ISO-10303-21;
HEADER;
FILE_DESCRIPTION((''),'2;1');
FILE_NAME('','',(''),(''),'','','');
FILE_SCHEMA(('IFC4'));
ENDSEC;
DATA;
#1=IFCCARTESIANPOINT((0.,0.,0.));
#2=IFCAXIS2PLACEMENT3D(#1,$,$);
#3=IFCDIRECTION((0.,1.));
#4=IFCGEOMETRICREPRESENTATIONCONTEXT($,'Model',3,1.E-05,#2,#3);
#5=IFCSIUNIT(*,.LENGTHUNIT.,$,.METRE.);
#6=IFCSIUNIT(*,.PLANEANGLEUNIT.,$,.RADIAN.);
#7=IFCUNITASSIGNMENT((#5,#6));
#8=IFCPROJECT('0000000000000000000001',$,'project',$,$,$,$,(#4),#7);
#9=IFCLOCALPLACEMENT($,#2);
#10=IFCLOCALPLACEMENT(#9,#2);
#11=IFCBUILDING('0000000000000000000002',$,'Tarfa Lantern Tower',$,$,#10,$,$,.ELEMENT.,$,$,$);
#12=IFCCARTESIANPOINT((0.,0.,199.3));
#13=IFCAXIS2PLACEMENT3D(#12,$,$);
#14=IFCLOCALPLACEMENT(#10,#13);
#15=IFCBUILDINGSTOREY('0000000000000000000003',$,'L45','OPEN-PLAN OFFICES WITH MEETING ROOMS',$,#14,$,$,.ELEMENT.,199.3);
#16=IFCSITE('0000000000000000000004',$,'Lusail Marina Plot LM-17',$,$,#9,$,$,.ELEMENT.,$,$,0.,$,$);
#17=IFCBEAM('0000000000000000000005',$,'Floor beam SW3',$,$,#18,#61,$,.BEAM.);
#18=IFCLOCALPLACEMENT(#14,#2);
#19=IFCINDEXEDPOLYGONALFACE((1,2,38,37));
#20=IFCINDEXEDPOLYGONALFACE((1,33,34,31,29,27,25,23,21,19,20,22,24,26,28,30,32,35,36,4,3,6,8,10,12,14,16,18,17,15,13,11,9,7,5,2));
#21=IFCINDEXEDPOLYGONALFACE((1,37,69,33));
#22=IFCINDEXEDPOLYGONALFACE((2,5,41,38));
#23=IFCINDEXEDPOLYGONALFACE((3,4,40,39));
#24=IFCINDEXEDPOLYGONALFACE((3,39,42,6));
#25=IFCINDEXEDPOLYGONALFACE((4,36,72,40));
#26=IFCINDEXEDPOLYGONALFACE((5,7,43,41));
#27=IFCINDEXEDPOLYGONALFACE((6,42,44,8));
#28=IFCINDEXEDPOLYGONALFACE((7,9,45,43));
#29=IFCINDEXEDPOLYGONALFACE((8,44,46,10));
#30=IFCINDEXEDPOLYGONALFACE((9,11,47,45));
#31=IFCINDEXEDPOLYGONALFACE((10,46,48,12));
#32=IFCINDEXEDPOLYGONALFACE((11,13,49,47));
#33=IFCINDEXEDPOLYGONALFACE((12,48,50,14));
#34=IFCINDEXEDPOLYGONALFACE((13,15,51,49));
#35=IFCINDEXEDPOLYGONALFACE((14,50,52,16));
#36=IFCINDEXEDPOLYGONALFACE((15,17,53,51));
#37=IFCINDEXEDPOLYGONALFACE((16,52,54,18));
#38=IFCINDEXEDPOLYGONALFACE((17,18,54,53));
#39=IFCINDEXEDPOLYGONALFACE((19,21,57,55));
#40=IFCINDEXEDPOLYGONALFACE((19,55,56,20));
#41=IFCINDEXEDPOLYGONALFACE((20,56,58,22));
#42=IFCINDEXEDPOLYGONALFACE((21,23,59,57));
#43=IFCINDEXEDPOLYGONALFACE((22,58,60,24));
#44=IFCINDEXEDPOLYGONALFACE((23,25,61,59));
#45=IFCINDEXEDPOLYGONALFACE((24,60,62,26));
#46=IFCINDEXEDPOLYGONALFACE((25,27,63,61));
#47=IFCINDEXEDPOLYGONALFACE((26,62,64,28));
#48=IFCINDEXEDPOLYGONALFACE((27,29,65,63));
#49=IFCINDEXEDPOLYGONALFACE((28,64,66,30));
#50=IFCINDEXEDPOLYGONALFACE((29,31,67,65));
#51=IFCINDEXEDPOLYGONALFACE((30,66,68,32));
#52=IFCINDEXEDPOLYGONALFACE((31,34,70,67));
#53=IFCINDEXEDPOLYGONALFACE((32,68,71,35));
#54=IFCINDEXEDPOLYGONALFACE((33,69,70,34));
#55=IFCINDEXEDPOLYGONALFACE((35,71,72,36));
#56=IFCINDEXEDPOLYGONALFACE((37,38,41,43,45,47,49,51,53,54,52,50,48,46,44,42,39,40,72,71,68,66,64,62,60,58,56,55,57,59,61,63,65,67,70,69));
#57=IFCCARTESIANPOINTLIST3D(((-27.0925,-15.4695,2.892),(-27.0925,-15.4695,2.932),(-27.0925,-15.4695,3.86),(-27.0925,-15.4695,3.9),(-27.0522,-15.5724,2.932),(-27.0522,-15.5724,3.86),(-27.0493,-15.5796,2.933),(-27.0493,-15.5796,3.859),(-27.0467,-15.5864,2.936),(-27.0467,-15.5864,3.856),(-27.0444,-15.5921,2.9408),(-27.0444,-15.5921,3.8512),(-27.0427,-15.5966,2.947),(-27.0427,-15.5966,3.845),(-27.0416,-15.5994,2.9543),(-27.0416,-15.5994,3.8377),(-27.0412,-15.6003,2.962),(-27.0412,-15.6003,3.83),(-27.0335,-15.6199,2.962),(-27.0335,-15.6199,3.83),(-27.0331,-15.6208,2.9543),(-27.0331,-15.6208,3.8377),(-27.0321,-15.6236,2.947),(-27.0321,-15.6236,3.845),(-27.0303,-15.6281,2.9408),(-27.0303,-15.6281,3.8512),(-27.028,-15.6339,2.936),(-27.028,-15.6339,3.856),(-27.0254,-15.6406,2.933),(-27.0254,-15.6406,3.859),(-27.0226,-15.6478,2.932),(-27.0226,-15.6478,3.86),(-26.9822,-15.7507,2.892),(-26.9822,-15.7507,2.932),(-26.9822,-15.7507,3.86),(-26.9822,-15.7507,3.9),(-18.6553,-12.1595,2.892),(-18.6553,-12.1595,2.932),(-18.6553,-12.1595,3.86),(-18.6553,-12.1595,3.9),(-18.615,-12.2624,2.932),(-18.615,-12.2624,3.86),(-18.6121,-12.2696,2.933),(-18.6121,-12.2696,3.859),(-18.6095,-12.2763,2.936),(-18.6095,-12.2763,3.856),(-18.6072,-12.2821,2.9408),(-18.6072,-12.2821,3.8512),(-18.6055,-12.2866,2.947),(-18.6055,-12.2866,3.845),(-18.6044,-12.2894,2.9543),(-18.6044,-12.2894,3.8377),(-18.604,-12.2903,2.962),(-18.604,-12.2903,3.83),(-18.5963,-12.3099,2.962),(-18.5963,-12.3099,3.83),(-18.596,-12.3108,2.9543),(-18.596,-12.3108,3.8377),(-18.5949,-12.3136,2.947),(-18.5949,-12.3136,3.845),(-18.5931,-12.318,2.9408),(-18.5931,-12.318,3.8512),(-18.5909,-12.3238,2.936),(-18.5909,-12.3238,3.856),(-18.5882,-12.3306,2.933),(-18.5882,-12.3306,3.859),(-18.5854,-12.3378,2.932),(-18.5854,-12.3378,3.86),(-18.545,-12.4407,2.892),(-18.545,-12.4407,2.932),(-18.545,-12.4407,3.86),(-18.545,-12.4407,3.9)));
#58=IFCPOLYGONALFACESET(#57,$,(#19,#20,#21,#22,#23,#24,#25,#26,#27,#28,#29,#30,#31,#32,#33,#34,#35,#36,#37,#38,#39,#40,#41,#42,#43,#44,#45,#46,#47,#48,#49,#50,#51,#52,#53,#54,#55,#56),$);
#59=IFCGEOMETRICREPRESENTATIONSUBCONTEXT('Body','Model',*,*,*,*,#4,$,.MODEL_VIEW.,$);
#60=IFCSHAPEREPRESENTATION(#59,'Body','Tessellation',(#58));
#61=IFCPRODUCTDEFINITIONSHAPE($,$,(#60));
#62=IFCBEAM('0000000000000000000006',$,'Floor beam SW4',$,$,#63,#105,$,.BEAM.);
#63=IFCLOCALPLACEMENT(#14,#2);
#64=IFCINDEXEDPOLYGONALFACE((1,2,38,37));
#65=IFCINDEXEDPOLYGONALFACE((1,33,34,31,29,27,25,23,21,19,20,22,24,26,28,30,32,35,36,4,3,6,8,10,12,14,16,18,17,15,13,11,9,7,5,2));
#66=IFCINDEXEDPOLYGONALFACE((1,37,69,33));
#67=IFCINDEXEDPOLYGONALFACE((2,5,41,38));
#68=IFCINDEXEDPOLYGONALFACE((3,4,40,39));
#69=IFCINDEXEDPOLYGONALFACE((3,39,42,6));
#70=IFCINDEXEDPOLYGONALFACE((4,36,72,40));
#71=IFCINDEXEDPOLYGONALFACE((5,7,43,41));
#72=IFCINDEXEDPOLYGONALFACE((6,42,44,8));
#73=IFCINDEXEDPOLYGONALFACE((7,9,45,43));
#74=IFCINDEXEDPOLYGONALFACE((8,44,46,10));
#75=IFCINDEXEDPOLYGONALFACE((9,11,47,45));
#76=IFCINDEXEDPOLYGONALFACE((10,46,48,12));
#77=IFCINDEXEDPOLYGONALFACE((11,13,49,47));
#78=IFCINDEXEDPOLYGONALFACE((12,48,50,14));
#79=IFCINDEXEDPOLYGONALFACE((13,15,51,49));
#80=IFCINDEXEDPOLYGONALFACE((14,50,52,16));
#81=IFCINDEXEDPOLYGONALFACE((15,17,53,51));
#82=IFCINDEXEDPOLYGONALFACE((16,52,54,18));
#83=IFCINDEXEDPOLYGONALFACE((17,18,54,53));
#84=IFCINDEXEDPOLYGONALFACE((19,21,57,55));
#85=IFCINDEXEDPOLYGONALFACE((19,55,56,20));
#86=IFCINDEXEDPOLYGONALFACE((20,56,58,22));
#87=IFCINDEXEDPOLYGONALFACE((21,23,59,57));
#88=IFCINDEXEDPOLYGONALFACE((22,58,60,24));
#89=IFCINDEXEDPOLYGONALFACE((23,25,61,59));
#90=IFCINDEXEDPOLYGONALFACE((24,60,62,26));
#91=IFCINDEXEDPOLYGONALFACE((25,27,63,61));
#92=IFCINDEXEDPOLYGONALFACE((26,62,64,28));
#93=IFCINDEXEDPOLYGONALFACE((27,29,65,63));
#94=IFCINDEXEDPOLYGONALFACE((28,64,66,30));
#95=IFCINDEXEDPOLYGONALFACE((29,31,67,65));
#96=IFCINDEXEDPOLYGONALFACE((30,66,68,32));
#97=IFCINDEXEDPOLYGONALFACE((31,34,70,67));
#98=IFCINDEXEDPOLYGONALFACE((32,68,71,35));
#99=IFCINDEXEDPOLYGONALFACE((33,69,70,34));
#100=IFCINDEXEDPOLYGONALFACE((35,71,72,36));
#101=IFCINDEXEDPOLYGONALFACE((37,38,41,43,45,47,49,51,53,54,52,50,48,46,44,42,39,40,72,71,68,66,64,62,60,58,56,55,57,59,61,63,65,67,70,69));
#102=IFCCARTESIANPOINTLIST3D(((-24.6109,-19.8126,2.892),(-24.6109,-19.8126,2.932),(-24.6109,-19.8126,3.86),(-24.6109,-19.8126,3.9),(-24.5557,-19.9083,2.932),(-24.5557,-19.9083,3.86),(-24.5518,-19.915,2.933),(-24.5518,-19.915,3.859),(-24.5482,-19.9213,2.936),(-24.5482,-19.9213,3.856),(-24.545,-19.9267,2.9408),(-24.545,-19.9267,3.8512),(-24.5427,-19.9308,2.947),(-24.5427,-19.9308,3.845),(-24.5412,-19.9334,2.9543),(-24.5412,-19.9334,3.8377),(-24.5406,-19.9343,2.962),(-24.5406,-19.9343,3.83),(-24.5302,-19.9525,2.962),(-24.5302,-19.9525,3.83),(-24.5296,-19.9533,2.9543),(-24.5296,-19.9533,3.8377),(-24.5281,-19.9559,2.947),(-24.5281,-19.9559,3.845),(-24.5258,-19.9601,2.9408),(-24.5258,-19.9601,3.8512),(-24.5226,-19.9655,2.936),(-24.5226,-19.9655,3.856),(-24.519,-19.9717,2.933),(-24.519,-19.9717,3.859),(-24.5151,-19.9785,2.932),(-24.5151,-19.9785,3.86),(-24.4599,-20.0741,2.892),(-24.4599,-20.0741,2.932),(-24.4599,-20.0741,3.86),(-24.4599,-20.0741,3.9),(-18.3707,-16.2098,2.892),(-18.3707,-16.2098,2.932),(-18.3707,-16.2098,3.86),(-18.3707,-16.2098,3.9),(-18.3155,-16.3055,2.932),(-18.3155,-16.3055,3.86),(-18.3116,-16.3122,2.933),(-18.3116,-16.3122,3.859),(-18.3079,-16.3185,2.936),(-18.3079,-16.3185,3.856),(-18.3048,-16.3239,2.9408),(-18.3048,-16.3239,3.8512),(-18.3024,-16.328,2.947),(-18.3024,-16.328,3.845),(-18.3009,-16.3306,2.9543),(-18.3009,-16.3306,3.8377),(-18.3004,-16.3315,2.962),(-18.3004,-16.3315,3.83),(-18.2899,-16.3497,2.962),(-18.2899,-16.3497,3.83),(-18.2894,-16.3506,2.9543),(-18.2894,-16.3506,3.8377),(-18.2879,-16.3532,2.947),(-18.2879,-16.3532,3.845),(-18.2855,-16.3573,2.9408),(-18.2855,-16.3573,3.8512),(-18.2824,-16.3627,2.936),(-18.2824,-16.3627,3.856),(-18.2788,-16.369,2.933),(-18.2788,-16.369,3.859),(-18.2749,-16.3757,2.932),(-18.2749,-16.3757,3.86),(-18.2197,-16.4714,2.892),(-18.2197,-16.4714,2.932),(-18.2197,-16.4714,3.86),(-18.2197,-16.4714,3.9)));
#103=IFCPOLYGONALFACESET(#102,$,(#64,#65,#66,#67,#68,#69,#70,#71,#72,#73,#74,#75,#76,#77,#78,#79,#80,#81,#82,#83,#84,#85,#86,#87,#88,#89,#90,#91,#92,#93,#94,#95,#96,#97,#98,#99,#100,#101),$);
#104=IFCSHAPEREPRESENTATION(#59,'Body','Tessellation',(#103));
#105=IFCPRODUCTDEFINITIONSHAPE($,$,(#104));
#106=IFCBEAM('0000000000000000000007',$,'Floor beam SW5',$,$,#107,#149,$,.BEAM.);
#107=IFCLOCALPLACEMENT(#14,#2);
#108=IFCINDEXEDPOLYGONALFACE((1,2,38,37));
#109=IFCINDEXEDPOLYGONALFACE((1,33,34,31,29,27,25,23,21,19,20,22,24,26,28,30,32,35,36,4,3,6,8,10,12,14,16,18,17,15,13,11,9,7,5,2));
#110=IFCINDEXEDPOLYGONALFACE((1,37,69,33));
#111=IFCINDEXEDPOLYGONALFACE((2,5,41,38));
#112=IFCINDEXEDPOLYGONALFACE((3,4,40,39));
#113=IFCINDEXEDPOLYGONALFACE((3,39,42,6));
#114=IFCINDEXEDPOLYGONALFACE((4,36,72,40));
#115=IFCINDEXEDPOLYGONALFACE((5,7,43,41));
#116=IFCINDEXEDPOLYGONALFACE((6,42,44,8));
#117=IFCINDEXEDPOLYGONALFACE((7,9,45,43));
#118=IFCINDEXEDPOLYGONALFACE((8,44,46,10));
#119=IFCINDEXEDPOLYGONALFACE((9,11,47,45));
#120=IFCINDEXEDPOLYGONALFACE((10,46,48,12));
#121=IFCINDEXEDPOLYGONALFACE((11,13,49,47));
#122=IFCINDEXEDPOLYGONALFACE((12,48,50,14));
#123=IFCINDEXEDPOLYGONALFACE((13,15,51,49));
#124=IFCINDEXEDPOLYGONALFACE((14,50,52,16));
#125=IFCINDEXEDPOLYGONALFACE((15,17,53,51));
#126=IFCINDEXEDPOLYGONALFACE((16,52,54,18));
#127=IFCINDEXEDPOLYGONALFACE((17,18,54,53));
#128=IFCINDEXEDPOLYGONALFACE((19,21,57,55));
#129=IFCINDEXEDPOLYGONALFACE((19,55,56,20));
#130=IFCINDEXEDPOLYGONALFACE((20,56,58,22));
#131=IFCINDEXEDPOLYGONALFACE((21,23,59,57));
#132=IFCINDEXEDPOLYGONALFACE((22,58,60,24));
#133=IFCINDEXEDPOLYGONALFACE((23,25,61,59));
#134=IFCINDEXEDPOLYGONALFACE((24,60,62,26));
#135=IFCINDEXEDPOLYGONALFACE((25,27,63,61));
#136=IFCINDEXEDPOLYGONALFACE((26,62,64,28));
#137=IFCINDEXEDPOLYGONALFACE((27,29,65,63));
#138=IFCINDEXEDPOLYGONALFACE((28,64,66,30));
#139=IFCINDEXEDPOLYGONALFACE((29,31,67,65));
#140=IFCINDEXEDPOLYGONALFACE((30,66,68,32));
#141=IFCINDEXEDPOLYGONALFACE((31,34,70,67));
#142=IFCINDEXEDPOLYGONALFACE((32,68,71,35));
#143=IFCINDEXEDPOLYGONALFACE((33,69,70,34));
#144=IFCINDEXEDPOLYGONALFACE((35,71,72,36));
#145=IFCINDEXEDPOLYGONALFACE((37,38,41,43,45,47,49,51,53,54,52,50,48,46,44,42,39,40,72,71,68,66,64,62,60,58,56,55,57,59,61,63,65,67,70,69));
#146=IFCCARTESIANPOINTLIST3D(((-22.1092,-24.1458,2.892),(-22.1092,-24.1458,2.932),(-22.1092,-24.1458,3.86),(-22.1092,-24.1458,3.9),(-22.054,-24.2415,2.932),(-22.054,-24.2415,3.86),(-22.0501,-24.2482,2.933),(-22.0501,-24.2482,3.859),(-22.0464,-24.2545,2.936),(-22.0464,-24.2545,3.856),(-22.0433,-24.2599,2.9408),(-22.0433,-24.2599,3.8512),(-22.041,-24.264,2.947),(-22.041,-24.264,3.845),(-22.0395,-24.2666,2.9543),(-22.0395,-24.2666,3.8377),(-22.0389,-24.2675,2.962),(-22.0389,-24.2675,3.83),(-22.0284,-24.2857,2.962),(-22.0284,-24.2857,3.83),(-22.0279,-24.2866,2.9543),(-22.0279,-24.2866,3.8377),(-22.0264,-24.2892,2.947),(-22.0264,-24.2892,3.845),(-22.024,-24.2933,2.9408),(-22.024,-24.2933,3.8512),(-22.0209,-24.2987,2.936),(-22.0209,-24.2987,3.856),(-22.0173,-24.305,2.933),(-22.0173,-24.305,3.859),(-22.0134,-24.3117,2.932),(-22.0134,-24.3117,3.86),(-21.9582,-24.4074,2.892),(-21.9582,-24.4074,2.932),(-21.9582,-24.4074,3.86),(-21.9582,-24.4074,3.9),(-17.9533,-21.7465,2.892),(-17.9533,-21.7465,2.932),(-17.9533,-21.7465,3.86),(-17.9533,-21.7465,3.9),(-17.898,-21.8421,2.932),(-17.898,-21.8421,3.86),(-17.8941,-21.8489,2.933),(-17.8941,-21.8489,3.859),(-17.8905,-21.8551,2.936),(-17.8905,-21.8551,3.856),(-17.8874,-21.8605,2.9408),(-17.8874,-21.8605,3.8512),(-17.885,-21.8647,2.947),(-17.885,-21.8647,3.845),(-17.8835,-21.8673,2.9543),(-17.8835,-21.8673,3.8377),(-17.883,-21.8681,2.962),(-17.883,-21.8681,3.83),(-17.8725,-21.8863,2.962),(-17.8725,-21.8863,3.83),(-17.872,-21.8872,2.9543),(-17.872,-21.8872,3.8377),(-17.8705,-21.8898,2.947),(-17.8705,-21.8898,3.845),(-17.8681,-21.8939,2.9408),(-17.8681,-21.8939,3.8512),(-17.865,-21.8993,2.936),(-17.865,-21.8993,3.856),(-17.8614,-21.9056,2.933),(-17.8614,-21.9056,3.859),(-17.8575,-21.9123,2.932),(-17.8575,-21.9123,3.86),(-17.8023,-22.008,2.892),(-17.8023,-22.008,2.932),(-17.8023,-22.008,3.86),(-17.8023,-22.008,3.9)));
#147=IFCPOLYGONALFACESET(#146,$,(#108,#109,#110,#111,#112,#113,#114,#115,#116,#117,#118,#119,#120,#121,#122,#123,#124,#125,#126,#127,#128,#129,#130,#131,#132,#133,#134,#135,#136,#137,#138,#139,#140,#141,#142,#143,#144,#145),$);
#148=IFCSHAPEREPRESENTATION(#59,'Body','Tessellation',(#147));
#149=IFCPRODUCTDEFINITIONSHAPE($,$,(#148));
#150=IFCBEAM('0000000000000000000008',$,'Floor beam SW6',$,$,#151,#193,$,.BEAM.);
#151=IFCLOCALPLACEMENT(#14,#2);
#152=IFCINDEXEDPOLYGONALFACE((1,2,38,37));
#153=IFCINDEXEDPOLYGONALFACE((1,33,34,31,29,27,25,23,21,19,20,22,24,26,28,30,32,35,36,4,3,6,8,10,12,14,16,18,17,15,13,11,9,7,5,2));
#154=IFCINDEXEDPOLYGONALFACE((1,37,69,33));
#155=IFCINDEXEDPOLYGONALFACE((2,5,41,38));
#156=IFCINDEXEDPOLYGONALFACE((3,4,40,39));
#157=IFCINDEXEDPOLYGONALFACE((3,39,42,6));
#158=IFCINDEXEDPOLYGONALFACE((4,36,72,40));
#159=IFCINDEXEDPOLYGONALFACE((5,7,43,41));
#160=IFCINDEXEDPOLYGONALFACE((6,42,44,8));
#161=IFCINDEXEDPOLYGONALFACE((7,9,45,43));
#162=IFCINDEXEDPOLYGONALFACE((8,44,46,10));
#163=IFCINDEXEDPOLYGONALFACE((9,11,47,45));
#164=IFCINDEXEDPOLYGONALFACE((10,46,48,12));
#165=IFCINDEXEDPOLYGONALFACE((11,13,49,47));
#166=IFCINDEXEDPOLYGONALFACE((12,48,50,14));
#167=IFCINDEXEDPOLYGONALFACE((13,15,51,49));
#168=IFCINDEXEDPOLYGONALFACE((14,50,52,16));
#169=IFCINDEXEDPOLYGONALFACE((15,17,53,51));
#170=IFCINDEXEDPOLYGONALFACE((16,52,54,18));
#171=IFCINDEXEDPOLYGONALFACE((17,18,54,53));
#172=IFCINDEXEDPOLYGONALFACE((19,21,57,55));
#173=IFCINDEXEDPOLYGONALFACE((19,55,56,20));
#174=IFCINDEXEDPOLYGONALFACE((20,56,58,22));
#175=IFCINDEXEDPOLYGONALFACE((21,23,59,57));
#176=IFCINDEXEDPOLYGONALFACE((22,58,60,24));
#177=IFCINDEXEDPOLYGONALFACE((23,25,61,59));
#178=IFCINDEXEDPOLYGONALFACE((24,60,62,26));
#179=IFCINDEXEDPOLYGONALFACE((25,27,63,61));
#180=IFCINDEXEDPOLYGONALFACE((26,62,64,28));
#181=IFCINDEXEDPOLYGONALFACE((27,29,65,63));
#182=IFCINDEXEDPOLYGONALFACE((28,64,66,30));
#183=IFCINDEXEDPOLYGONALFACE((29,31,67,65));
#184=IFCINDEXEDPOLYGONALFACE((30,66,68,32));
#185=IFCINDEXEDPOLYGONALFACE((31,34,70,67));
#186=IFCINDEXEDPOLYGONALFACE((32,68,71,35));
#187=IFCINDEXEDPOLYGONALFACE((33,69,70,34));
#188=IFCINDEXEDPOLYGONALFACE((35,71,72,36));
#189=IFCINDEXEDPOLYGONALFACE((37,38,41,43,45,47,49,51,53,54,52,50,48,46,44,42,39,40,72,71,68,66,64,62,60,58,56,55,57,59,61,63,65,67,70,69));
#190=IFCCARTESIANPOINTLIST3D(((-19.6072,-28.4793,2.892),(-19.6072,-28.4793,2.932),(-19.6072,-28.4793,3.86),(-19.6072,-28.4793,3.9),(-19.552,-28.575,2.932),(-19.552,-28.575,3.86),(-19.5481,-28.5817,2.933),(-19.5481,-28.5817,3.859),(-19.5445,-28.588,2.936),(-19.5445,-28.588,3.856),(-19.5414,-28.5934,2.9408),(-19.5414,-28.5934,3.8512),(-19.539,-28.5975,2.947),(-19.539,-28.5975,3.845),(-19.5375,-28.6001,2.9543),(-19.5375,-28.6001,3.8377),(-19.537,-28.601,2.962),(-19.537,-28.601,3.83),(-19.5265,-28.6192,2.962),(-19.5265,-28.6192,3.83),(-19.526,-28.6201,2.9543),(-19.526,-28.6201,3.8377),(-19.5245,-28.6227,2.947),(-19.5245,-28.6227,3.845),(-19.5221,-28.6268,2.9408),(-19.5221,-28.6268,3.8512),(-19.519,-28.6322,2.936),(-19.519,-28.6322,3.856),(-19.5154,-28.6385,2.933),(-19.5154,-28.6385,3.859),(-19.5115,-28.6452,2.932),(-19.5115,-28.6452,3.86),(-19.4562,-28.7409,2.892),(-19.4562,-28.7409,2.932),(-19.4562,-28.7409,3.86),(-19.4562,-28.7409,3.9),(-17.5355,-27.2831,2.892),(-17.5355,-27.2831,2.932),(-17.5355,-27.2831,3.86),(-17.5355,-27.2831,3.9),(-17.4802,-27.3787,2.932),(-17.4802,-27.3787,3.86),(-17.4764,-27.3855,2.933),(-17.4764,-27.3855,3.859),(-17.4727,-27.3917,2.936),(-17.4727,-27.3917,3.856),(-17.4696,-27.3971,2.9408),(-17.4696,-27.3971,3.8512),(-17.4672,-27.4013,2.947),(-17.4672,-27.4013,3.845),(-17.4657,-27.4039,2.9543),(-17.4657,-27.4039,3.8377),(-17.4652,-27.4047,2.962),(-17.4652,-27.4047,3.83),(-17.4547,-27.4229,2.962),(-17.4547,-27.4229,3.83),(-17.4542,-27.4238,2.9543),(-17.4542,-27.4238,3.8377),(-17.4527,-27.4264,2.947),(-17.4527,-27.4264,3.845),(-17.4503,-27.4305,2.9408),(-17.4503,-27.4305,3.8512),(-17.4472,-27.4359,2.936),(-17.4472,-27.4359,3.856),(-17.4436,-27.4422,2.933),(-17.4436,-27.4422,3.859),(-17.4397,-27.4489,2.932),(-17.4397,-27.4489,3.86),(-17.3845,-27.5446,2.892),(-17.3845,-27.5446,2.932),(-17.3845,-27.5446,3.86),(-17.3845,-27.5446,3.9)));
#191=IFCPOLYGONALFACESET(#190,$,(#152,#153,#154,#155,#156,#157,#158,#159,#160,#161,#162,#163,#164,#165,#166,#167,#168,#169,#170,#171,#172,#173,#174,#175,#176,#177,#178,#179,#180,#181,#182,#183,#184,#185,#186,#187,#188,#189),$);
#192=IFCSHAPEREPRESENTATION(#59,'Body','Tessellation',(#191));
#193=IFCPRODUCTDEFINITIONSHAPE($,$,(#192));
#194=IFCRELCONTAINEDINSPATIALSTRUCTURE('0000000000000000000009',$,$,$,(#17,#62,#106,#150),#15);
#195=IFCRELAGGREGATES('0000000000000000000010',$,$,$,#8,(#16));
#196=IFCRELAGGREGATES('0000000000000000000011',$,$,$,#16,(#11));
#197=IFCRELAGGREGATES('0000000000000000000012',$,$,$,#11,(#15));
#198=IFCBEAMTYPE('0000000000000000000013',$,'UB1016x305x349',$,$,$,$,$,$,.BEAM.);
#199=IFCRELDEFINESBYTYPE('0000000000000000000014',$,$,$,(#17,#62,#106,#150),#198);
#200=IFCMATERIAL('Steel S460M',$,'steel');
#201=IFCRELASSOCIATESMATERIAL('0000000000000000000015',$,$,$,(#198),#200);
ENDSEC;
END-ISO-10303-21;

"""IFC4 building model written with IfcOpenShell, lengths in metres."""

from ifc_helpers import new_model, si_unit, direction, frame, origin, origin_2d, place, context, subcontext, project, spatial, i_section, extrude, material, material_profile, profile_set, type_object, element, save


model = new_model("IFC4")

# Units and contexts
model_context = context("Model", 3, precision=1e-05, world=origin(), true_north=direction((0.0, 1.0)))
body_context = subcontext(model_context, "Body", "Model", "MODEL_VIEW")
ifc_project = project(units=[si_unit("LENGTHUNIT", "METRE"), si_unit("PLANEANGLEUNIT", "RADIAN")], contexts=[model_context])

# Site, building, storey
site_placement = place(None, origin())
site = spatial("IfcSite", under=ifc_project, at=site_placement, Name="Lusail Marina Plot LM-17", CompositionType="ELEMENT", RefElevation=0.0)
building_placement = place(site_placement, origin())
building = spatial("IfcBuilding", under=site, at=building_placement, Name="Tarfa Lantern Tower", CompositionType="ELEMENT")
storey_placement = place(building_placement, frame((0.0, 0.0, 199.3)))
storey = spatial("IfcBuildingStorey", under=building, at=storey_placement, Name="L45", Description="OPEN-PLAN OFFICES WITH MEETING ROOMS", CompositionType="ELEMENT", Elevation=199.3)

# Beams
ifc_material_1 = material(Name="Steel S460M", Category="steel")
ifc_material_profile_1 = material_profile(ifc_material_1, i_section(OverallWidth=0.302, OverallDepth=1.0081, WebThickness=0.021, FlangeThickness=0.04, FilletRadius=0.03, at=origin_2d()), Name="UB1016x305x349")
ifc_profile_set_1 = profile_set([ifc_material_profile_1], Name="Steel S460M")
beam_type_1 = type_object("IfcBeamType", Name="UB1016x305x349", PredefinedType="BEAM", material=ifc_profile_set_1)
beam_1_placement = place(storey_placement, frame((-27.0374, -15.6101, 3.396), z_axis=(0.930923, 0.365215, 0.0), x_axis=(-0.365215, 0.930923, 0.0)))
element("IfcBeam", 1, at=beam_1_placement, inside=storey, type_object=beam_type_1, Name="Floor beam SW3", PredefinedType="BEAM", context=body_context, shape_type="SweptSolid", body=[
    extrude(i_section(OverallWidth=0.302, OverallDepth=1.0081, WebThickness=0.021, FlangeThickness=0.04, FilletRadius=0.03, at=origin_2d()), origin(), (0.0, 0.0, 1.0), 9.0632),
])
beam_2_placement = place(storey_placement, frame((-24.5354, -19.9434, 3.396), z_axis=(0.866026, 0.499998, 0.0), x_axis=(-0.499998, 0.866026, 0.0)))
element("IfcBeam", 2, at=beam_2_placement, inside=storey, type_object=beam_type_1, Name="Floor beam SW4", PredefinedType="BEAM", context=body_context, shape_type="SweptSolid", body=[
    extrude(i_section(OverallWidth=0.302, OverallDepth=1.0081, WebThickness=0.021, FlangeThickness=0.04, FilletRadius=0.03, at=origin_2d()), origin(), (0.0, 0.0, 1.0), 7.2056),
])
beam_3_placement = place(storey_placement, frame((-22.0337, -24.2766, 3.396), z_axis=(0.866031, 0.499991, 0.0), x_axis=(-0.499991, 0.866031, 0.0)))
element("IfcBeam", 3, at=beam_3_placement, inside=storey, type_object=beam_type_1, Name="Floor beam SW5", PredefinedType="BEAM", context=body_context, shape_type="SweptSolid", body=[
    extrude(i_section(OverallWidth=0.302, OverallDepth=1.0081, WebThickness=0.021, FlangeThickness=0.04, FilletRadius=0.03, at=origin_2d()), origin(), (0.0, 0.0, 1.0), 4.7988),
])
beam_4_placement = place(storey_placement, frame((-19.5317, -28.6101, 3.396), z_axis=(0.865999, 0.500046, 0.0), x_axis=(-0.500046, 0.865999, 0.0)))
element("IfcBeam", 4, at=beam_4_placement, inside=storey, type_object=beam_type_1, Name="Floor beam SW6", PredefinedType="BEAM", context=body_context, shape_type="SweptSolid", body=[
    extrude(i_section(OverallWidth=0.302, OverallDepth=1.0081, WebThickness=0.021, FlangeThickness=0.04, FilletRadius=0.03, at=origin_2d()), origin(), (0.0, 0.0, 1.0), 2.3923),
])

save(model, "model.ifc")
